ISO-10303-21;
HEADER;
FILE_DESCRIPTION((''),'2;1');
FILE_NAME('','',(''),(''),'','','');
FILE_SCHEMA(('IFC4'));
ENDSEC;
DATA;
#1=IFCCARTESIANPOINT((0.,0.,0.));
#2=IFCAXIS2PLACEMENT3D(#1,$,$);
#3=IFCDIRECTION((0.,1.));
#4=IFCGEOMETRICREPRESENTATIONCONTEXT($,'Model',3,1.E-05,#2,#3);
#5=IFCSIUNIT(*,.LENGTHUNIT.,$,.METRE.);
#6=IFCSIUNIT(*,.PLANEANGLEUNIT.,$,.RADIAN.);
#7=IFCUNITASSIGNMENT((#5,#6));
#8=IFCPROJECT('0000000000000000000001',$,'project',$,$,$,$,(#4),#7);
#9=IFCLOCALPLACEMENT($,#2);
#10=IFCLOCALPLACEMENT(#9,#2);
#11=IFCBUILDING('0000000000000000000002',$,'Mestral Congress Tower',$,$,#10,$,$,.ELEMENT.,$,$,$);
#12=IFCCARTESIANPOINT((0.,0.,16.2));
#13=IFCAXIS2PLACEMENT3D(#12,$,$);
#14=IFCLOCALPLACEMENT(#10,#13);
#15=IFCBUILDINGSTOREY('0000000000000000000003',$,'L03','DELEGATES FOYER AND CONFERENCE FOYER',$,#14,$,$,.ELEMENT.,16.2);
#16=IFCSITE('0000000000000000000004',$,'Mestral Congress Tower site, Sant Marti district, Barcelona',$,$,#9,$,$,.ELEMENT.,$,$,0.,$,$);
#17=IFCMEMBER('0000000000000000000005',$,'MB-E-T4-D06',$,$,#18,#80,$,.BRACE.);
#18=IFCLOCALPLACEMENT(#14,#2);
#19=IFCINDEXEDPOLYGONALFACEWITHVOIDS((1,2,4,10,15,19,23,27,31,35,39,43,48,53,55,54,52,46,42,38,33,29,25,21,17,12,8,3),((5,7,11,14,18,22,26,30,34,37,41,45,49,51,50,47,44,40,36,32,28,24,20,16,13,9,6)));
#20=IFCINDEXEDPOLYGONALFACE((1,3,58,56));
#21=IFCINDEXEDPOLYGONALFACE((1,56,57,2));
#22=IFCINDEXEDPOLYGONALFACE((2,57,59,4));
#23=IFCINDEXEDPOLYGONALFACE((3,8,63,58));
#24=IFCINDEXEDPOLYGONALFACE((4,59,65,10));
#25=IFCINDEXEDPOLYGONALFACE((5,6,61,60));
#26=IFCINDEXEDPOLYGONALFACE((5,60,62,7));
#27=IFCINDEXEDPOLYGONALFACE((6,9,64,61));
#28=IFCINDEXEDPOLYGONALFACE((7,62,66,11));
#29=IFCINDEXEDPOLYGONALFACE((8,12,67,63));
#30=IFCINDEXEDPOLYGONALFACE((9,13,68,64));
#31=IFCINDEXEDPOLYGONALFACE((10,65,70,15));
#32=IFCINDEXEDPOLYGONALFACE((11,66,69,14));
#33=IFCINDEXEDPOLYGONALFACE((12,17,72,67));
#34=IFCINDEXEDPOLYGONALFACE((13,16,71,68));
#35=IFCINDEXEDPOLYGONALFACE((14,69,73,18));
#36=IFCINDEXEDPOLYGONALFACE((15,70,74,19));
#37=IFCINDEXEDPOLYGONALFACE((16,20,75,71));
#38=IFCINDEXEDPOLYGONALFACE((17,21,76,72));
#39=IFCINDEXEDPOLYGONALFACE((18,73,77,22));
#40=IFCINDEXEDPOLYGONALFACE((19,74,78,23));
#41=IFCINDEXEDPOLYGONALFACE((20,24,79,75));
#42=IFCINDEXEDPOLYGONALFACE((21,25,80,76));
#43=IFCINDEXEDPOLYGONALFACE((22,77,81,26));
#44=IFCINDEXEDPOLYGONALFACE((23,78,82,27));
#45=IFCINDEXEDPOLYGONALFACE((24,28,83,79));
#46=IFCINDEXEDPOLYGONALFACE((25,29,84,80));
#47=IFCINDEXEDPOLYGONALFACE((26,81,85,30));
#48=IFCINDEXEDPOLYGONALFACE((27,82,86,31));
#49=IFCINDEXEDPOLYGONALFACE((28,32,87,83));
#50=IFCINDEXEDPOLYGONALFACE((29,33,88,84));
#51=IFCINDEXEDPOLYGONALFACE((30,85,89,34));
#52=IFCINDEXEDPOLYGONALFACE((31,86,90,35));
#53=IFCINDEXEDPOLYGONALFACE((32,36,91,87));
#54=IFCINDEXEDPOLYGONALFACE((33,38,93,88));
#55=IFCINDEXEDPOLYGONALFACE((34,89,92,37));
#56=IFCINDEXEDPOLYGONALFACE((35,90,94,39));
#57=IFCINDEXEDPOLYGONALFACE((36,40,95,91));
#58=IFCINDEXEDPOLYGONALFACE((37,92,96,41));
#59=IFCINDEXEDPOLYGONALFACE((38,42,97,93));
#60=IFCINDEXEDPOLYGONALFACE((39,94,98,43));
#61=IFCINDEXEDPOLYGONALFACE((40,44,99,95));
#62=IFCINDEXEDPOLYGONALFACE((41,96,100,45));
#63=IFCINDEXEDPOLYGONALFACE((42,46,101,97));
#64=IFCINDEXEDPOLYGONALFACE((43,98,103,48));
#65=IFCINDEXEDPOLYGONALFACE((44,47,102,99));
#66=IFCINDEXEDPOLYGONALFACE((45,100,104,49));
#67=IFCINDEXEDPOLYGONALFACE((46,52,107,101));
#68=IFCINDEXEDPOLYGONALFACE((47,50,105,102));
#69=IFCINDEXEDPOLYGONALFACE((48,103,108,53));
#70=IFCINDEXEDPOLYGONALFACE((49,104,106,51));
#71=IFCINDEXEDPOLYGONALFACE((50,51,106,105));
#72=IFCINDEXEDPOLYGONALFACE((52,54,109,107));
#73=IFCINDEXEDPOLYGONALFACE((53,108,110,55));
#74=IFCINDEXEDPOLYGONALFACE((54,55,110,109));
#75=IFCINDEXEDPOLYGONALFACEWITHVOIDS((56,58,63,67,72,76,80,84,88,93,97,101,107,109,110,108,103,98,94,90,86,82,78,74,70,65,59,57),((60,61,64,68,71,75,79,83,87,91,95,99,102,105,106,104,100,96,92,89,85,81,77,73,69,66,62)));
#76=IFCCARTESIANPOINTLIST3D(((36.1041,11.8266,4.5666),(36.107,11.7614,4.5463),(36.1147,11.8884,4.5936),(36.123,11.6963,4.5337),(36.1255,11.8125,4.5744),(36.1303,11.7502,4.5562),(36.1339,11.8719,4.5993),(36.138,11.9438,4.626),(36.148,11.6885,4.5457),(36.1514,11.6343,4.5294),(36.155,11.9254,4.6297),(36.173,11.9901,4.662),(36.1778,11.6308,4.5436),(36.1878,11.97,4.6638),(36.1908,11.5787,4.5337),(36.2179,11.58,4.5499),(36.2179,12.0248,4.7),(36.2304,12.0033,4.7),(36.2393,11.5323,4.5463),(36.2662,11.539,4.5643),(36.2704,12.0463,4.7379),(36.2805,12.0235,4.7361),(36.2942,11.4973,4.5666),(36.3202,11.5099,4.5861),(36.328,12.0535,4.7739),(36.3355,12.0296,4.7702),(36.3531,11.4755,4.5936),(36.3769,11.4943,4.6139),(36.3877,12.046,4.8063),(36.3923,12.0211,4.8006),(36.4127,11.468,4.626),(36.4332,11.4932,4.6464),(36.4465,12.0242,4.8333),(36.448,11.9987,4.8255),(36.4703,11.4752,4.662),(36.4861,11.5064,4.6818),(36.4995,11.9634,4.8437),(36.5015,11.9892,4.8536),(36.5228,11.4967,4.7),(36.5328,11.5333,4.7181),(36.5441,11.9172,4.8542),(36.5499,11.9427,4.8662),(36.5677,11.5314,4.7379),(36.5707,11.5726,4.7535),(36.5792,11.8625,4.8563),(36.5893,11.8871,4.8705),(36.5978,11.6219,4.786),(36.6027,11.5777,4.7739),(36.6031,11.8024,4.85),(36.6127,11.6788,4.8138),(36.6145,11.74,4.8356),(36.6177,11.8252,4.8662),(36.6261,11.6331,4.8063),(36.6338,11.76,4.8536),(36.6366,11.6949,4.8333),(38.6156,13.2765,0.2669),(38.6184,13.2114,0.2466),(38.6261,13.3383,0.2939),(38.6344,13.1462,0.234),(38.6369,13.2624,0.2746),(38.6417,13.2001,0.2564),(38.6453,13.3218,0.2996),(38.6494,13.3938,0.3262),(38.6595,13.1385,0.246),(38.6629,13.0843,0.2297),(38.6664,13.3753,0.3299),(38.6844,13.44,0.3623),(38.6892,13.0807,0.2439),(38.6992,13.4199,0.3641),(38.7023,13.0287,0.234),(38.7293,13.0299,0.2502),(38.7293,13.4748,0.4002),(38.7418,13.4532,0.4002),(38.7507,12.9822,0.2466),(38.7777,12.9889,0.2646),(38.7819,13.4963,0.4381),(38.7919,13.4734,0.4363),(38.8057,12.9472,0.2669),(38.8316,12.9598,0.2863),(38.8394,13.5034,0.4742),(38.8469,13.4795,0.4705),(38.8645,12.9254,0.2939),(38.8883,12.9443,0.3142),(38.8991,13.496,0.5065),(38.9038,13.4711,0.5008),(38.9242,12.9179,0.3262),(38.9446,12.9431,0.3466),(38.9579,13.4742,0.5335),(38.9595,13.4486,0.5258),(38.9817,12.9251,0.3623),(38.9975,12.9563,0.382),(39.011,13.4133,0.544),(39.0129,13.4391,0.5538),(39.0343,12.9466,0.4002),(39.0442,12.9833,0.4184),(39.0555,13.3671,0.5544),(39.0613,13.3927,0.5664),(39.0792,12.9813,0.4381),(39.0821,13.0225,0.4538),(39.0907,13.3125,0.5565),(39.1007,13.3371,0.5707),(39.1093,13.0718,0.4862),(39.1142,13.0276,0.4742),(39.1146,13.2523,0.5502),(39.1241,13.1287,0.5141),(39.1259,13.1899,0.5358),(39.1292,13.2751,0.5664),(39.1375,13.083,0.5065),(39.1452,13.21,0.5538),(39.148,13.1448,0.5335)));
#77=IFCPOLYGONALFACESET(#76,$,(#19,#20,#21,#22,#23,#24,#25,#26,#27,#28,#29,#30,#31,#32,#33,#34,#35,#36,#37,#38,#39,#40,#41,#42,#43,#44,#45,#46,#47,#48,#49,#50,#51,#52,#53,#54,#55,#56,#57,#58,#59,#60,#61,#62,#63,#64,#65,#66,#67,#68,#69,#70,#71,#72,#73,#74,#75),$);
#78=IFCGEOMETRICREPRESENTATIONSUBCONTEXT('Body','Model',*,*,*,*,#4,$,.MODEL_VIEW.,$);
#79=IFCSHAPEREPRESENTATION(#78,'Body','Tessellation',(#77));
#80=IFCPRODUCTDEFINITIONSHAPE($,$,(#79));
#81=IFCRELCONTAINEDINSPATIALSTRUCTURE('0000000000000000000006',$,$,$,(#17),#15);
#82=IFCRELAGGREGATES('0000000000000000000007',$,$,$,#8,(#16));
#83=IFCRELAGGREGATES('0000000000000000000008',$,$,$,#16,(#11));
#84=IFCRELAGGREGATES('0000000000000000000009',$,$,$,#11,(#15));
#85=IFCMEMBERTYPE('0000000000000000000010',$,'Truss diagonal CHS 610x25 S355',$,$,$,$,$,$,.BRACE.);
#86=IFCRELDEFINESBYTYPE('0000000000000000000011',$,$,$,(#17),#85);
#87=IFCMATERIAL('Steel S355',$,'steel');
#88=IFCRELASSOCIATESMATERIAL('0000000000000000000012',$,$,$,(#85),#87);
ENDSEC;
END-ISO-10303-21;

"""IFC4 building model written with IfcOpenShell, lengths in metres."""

from ifc_helpers import new_model, si_unit, direction, frame, origin, origin_2d, place, context, subcontext, project, spatial, hollow_circle, extrude, material, material_profile, profile_set, type_object, element, save


model = new_model("IFC4")

# Units and contexts
model_context = context("Model", 3, precision=1e-05, world=origin(), true_north=direction((0.0, 1.0)))
body_context = subcontext(model_context, "Body", "Model", "MODEL_VIEW")
ifc_project = project(units=[si_unit("LENGTHUNIT", "METRE"), si_unit("PLANEANGLEUNIT", "RADIAN")], contexts=[model_context])

# Site, building, storey
site_placement = place(None, origin())
site = spatial("IfcSite", under=ifc_project, at=site_placement, Name="Mestral Congress Tower site, Sant Marti district, Barcelona", CompositionType="ELEMENT", RefElevation=0.0)
building_placement = place(site_placement, origin())
building = spatial("IfcBuilding", under=site, at=building_placement, Name="Mestral Congress Tower", CompositionType="ELEMENT")
storey_placement = place(building_placement, frame((0.0, 0.0, 16.2)))
storey = spatial("IfcBuildingStorey", under=building, at=storey_placement, Name="L03", Description="DELEGATES FOYER AND CONFERENCE FOYER", CompositionType="ELEMENT", Elevation=16.2)

# Member
ifc_material = material(Name="Steel S355", Category="steel")
ifc_material_profile_1 = material_profile(ifc_material, hollow_circle(Radius=0.3049, WallThickness=0.0249, at=origin_2d()), Name="CHS 610x25")
ifc_profile_set_1 = profile_set([ifc_material_profile_1], Name="Steel S355")
member_type_1 = type_object("IfcMemberType", Name="Truss diagonal CHS 610x25 S355", PredefinedType="BRACE", material=ifc_profile_set_1)
for number, where, z_axis, x_axis, name in (
    (1, (36.3704, 11.7607, 4.7), (0.484247, 0.279571, -0.829062), (-0.499987, 0.866033, 0.0), "MB-E-T4-D06"),
):
    element("IfcMember", number, at=place(storey_placement, frame(where, z_axis=z_axis, x_axis=x_axis)), inside=storey, type_object=member_type_1, Name=name, PredefinedType="BRACE", context=body_context, shape_type="SweptSolid", body=[
        extrude(hollow_circle(Radius=0.3049, WallThickness=0.0249, at=origin_2d()), origin(), (0.0, 0.0, 1.0), 5.1863),
    ])

save(model, "model.ifc")
